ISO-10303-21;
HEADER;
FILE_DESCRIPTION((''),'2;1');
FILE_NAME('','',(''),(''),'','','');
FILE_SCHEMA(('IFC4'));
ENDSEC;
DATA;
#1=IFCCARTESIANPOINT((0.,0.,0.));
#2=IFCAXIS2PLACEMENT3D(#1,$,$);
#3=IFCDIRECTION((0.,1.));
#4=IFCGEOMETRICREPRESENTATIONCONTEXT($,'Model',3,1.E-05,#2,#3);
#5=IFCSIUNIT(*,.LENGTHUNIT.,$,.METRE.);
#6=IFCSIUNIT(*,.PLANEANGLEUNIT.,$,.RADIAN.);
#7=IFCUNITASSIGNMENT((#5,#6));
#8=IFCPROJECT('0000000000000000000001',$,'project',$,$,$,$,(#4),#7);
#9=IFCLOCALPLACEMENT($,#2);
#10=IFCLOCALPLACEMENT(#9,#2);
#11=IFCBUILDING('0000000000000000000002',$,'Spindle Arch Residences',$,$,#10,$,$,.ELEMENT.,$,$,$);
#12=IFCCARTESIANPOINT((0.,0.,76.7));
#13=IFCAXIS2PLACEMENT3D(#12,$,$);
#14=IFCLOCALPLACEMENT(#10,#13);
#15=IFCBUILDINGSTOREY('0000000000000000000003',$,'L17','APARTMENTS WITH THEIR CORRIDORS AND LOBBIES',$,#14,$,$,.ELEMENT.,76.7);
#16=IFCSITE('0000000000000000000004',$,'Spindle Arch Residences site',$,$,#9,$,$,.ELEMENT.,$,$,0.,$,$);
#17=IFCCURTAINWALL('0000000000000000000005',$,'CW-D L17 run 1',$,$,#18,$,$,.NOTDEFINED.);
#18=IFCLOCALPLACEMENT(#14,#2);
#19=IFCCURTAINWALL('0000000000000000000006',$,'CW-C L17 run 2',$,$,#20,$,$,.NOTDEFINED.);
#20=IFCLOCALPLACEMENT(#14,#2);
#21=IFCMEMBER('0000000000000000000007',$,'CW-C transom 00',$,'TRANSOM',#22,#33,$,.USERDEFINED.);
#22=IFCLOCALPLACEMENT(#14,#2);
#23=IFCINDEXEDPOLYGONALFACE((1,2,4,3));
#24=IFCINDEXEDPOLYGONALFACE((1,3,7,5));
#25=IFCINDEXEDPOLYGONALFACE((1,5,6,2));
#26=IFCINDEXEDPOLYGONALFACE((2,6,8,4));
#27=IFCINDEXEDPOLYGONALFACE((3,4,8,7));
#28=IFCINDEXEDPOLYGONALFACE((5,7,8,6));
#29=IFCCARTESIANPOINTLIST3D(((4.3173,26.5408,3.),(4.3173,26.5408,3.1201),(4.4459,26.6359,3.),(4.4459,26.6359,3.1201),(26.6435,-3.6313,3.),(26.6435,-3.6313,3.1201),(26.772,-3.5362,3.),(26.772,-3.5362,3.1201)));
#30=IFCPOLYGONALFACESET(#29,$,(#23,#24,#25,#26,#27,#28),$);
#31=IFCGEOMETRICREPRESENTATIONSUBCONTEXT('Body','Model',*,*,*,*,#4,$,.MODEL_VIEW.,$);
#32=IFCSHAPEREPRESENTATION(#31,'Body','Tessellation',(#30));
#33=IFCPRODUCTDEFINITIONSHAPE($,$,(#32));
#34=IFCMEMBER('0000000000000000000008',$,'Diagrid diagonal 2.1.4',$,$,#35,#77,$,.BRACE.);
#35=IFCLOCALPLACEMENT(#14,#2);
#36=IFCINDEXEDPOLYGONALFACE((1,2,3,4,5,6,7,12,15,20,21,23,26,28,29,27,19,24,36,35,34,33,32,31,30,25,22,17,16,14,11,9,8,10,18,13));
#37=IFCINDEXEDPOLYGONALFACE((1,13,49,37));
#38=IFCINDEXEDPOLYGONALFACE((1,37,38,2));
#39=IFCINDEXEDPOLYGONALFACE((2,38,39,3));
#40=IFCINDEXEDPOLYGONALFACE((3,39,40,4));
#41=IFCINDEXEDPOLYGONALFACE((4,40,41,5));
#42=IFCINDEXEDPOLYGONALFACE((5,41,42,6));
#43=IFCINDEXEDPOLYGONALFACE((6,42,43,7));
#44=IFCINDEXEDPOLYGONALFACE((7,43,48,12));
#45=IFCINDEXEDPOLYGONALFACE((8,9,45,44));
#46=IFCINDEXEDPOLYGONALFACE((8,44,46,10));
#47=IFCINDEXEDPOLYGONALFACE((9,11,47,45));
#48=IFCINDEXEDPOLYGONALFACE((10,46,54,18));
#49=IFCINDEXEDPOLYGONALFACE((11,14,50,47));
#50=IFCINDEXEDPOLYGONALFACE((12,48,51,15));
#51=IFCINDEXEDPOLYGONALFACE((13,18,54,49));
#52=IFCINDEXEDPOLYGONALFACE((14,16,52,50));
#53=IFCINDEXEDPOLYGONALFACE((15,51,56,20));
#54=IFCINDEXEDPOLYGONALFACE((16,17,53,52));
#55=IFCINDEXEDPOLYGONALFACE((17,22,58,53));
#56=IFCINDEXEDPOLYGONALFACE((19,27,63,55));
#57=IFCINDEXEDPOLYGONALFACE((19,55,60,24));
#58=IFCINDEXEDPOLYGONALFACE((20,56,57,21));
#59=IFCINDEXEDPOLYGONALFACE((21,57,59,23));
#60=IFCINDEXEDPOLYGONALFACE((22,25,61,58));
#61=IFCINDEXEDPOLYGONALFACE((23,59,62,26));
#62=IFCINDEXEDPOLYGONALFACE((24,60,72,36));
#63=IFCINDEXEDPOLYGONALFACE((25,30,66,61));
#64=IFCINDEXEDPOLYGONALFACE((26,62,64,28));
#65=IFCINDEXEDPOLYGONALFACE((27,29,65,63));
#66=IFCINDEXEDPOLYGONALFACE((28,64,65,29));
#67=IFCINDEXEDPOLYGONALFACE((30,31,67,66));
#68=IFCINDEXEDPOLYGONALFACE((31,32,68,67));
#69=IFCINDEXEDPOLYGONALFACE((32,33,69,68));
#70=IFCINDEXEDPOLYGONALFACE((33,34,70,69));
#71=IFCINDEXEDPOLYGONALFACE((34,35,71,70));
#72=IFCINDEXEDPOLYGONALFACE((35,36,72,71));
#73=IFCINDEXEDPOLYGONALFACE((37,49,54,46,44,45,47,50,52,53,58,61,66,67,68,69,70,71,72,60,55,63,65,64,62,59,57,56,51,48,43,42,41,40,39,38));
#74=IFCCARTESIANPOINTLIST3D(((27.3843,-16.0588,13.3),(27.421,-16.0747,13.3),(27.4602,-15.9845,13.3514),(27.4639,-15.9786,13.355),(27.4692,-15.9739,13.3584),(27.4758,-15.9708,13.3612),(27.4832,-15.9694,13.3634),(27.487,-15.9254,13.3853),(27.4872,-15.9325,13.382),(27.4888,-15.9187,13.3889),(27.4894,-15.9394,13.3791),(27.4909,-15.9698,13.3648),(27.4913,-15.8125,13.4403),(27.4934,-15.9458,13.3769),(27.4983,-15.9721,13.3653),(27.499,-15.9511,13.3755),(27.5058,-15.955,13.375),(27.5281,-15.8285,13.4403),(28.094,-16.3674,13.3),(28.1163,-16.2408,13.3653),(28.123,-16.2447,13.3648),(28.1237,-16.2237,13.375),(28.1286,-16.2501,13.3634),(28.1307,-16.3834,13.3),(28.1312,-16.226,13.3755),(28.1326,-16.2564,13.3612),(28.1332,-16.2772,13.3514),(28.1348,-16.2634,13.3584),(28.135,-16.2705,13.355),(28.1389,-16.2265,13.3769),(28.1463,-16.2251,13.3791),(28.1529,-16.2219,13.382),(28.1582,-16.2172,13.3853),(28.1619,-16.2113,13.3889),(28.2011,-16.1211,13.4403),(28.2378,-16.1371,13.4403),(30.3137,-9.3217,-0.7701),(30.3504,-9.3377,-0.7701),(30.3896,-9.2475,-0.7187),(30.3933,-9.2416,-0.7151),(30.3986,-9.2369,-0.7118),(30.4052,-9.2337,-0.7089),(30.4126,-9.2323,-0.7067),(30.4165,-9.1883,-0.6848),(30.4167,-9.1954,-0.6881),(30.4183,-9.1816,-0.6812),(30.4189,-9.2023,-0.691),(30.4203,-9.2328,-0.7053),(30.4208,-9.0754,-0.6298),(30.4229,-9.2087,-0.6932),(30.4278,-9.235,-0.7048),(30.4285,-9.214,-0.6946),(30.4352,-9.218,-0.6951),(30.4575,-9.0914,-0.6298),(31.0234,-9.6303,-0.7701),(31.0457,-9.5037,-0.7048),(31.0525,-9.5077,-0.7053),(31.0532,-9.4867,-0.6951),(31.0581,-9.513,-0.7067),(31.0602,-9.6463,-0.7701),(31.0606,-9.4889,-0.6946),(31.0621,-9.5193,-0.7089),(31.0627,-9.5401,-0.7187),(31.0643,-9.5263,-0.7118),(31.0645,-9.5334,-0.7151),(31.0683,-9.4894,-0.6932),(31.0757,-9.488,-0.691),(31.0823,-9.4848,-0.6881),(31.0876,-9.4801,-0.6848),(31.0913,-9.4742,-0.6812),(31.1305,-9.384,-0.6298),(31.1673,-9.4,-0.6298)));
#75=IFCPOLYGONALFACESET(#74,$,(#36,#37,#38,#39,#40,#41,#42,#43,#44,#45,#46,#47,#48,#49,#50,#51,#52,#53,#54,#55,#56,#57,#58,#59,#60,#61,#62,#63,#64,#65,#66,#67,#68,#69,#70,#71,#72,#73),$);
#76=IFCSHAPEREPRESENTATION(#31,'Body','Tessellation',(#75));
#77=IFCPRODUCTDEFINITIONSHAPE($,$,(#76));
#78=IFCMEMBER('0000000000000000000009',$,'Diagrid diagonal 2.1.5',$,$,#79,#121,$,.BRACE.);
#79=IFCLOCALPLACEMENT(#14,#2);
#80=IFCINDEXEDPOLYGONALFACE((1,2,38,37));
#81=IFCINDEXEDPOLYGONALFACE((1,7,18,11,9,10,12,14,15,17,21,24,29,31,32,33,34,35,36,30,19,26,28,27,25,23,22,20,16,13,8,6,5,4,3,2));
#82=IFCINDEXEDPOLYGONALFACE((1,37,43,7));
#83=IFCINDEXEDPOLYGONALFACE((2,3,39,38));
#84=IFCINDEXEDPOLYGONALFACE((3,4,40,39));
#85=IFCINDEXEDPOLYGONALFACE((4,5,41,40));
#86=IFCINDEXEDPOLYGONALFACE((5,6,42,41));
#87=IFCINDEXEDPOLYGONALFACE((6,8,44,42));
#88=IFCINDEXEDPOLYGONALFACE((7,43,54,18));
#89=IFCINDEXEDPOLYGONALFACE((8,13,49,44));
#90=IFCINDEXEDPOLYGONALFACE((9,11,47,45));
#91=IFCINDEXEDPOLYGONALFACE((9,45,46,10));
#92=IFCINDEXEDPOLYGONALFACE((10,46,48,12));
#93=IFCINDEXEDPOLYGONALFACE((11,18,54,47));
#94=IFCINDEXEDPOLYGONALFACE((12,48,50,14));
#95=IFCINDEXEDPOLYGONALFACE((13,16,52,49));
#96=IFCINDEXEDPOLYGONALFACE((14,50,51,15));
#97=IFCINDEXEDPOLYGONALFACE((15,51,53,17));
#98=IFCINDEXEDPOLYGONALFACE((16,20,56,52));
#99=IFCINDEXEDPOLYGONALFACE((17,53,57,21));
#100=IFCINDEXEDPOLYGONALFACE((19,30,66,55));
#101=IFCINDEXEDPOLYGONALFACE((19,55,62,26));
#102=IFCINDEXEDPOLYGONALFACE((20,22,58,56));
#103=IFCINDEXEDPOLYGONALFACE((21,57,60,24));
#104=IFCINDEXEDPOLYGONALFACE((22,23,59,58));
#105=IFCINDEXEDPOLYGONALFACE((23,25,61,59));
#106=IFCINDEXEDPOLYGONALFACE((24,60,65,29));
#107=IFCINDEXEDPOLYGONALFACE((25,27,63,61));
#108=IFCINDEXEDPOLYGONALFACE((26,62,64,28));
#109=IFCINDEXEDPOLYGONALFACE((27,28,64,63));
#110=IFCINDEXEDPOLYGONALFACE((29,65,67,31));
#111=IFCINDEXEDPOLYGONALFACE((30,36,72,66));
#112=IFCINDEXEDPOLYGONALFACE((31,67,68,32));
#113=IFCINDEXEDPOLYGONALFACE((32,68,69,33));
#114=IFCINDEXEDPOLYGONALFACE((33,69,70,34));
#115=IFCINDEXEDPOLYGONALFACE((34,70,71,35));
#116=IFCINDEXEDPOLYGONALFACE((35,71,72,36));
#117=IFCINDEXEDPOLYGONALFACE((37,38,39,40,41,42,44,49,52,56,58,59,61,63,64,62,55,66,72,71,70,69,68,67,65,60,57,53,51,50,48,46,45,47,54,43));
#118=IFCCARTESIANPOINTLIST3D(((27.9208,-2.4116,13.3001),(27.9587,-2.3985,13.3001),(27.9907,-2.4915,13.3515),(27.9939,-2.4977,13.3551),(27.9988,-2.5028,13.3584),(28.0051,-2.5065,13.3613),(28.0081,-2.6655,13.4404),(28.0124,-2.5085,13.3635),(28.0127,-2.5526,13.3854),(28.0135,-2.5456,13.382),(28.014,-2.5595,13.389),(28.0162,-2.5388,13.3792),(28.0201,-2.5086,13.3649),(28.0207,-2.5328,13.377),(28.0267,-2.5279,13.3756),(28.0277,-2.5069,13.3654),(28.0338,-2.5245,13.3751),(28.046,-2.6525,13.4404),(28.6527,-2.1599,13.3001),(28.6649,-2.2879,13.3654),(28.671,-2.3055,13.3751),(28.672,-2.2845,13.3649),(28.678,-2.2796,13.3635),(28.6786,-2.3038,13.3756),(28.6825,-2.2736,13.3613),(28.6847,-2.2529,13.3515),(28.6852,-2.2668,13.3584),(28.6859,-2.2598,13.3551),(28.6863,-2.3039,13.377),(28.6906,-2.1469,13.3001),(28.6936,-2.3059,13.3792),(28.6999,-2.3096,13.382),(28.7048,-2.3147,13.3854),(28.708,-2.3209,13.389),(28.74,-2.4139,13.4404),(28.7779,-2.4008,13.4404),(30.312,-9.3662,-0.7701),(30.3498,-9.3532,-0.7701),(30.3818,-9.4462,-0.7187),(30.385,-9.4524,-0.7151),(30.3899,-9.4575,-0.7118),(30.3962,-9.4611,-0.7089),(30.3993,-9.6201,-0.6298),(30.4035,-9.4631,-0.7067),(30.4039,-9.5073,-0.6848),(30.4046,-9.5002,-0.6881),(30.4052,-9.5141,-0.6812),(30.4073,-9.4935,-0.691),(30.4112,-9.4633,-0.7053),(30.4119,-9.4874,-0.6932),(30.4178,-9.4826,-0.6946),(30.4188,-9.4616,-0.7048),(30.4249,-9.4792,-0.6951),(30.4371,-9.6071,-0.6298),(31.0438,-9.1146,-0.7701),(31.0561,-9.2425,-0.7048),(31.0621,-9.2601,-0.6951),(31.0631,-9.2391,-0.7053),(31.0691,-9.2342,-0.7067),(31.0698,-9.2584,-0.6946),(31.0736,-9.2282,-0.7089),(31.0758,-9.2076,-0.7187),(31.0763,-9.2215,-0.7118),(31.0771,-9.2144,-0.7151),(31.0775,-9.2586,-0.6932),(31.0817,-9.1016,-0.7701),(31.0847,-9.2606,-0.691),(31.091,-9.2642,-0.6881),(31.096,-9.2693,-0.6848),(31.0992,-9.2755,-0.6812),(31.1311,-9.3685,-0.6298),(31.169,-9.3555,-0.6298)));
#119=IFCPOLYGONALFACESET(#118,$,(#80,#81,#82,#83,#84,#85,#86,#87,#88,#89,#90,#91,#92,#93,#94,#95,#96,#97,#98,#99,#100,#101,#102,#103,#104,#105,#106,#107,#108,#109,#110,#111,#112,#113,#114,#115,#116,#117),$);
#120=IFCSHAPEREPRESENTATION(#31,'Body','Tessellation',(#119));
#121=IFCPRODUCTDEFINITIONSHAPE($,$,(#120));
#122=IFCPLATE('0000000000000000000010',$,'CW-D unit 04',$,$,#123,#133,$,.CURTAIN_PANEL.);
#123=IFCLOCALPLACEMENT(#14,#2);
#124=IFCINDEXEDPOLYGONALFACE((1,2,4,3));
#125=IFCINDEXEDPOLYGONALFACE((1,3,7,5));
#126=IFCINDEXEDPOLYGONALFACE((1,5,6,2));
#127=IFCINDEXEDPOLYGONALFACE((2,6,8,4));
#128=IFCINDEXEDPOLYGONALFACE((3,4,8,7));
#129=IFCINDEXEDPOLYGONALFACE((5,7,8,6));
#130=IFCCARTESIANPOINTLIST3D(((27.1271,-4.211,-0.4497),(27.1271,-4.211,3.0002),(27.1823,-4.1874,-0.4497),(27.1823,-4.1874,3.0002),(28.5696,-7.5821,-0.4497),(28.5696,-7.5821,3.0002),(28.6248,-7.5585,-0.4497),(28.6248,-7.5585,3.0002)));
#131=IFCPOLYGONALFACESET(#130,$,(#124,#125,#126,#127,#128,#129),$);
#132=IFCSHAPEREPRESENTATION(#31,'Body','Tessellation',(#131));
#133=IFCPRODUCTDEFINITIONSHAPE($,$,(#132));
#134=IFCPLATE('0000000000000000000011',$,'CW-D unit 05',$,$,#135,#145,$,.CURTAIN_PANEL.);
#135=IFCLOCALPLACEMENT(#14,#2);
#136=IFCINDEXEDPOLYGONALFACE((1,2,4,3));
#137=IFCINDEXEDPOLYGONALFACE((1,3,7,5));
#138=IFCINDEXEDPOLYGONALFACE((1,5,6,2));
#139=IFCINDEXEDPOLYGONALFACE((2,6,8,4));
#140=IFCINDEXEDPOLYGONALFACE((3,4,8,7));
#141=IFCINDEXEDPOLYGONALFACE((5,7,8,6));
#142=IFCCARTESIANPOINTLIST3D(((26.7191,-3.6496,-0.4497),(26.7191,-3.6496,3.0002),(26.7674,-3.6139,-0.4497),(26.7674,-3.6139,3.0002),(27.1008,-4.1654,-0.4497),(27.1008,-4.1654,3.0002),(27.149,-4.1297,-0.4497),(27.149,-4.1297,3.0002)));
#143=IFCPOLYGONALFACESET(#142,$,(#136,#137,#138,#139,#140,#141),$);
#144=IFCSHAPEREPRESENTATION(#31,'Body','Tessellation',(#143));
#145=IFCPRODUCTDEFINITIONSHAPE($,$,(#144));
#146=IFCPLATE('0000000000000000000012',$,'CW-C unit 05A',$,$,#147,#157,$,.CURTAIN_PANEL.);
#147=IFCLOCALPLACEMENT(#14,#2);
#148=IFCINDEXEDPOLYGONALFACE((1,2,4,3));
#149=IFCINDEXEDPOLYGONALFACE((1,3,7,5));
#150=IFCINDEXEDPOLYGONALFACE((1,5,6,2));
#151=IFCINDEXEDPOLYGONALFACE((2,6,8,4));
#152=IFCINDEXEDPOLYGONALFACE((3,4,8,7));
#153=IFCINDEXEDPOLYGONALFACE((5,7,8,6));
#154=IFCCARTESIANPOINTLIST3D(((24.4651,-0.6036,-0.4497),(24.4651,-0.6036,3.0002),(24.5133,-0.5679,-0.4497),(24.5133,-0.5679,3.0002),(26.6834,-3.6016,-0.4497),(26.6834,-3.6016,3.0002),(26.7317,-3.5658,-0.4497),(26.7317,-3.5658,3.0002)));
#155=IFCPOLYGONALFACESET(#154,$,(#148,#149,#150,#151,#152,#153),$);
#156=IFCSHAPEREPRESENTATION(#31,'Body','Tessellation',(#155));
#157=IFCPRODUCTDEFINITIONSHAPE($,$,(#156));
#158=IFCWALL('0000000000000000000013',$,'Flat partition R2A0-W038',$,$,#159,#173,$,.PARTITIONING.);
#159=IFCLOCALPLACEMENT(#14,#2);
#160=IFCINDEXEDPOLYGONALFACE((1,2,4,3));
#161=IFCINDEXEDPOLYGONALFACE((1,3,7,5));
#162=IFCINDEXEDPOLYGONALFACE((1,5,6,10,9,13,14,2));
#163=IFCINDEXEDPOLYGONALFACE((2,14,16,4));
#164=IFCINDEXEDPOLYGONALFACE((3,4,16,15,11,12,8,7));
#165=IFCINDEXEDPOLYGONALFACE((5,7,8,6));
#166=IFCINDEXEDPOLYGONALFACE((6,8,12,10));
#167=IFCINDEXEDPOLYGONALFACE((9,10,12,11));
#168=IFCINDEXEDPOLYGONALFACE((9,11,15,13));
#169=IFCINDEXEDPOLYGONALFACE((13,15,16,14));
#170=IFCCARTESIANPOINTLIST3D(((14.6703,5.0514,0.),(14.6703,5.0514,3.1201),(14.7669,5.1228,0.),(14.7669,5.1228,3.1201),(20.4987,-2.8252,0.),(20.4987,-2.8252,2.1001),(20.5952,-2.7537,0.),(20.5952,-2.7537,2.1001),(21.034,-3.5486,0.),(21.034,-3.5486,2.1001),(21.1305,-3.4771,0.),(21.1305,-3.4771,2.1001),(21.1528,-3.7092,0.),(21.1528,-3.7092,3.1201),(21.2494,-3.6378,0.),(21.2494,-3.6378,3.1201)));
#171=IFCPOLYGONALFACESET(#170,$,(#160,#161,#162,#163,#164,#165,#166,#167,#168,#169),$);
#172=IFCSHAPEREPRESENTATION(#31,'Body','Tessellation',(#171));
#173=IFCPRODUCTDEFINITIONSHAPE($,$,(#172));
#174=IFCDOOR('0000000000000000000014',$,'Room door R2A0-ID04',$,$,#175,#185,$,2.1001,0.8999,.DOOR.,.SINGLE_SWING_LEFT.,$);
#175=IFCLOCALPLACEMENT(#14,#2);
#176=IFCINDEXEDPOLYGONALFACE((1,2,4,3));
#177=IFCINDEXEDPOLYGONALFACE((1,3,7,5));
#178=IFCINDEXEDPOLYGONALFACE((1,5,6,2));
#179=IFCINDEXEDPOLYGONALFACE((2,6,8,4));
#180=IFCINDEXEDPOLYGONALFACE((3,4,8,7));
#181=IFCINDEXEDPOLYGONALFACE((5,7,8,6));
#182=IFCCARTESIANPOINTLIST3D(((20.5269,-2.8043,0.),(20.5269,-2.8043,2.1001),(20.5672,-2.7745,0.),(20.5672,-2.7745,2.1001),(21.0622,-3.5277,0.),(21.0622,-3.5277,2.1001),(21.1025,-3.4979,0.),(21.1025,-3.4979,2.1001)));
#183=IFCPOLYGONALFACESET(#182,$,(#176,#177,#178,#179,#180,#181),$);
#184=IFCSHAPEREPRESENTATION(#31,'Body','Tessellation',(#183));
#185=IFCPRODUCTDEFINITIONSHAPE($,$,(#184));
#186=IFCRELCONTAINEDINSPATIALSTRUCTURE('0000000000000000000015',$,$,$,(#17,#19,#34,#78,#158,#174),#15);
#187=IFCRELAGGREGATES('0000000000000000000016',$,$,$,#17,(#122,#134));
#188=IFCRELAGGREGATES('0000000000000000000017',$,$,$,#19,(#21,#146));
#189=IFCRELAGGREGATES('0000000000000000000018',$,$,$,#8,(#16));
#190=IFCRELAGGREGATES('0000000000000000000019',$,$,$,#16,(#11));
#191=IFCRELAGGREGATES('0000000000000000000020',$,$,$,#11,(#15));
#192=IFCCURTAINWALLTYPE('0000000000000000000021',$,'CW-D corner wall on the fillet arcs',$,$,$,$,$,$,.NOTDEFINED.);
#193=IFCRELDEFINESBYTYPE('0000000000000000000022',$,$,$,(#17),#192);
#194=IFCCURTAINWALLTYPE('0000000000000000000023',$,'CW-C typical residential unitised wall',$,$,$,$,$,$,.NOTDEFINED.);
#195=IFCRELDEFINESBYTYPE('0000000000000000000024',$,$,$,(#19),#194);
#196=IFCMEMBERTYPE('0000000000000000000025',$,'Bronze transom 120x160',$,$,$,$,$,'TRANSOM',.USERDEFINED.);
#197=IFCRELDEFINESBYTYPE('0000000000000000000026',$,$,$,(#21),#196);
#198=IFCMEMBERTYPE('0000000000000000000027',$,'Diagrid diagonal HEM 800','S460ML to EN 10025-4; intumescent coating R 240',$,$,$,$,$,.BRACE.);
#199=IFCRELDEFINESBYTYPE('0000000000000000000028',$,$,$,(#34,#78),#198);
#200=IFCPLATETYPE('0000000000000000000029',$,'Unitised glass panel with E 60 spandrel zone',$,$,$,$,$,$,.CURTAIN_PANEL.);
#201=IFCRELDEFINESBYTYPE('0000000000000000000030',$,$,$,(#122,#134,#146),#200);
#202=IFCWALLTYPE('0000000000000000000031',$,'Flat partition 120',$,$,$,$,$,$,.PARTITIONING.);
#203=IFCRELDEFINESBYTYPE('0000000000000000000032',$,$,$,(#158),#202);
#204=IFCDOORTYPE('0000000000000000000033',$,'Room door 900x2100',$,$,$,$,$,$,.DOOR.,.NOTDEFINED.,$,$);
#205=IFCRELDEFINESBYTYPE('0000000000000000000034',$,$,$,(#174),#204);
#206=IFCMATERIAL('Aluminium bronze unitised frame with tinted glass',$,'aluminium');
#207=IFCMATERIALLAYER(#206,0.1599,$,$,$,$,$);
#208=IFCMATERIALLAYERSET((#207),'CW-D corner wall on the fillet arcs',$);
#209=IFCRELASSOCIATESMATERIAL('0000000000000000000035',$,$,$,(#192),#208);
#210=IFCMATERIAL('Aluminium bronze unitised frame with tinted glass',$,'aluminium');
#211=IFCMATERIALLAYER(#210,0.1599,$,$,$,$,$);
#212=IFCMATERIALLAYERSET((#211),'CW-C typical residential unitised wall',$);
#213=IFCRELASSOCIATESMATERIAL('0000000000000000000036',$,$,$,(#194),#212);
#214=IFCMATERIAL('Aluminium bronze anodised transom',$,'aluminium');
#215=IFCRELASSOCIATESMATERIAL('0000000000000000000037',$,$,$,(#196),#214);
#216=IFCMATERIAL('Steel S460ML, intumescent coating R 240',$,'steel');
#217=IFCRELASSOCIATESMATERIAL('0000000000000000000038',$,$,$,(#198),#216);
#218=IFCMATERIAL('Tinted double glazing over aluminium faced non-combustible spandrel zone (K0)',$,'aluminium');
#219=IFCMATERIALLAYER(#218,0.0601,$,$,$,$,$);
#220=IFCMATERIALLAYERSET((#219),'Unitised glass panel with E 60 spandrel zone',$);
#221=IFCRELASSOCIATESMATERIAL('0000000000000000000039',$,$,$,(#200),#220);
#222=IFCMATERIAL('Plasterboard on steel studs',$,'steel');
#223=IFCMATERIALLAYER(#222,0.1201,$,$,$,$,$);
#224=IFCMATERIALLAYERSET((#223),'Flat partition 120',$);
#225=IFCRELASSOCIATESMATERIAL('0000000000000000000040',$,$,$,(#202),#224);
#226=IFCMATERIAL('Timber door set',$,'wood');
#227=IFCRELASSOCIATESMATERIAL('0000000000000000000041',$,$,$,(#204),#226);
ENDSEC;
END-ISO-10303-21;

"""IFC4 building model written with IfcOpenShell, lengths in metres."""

from ifc_helpers import new_model, si_unit, direction, frame, frame_2d, origin, origin_2d, place, context, subcontext, project, spatial, rectangle, i_section, extrude, material, layer, layer_set, material_profile, profile_set, type_object, element, fill, aggregate, save


model = new_model("IFC4")

# Units and contexts
model_context = context("Model", 3, precision=1e-05, world=origin(), true_north=direction((0.0, 1.0)))
body_context = subcontext(model_context, "Body", "Model", "MODEL_VIEW")
ifc_project = project(units=[si_unit("LENGTHUNIT", "METRE"), si_unit("PLANEANGLEUNIT", "RADIAN")], contexts=[model_context])

# Site, building, storey
site_placement = place(None, origin())
site = spatial("IfcSite", under=ifc_project, at=site_placement, Name="Spindle Arch Residences site", CompositionType="ELEMENT", RefElevation=0.0)
building_placement = place(site_placement, origin())
building = spatial("IfcBuilding", under=site, at=building_placement, Name="Spindle Arch Residences", CompositionType="ELEMENT")
storey_placement = place(building_placement, frame((0.0, 0.0, 76.7)))
storey = spatial("IfcBuildingStorey", under=building, at=storey_placement, Name="L17", Description="APARTMENTS WITH THEIR CORRIDORS AND LOBBIES", CompositionType="ELEMENT", Elevation=76.7)

# Curtain wall
ifc_material_1 = material(Name="Aluminium bronze unitised frame with tinted glass", Category="aluminium")
ifc_layer_1 = layer(ifc_material_1, 0.1599)
ifc_layer_set_1 = layer_set([ifc_layer_1], Name="CW-D corner wall on the fillet arcs")
curtain_wall_type_1 = type_object("IfcCurtainWallType", Name="CW-D corner wall on the fillet arcs", PredefinedType="NOTDEFINED", material=ifc_layer_set_1)
curtain_wall_1_placement = place(storey_placement, origin())
curtain_wall_1 = element("IfcCurtainWall", 1, at=curtain_wall_1_placement, inside=storey, type_object=curtain_wall_type_1, Name="CW-D L17 run 1", PredefinedType="NOTDEFINED")

# Curtain wall
ifc_material_2 = material(Name="Aluminium bronze unitised frame with tinted glass", Category="aluminium")
ifc_layer_2 = layer(ifc_material_2, 0.1599)
ifc_layer_set_2 = layer_set([ifc_layer_2], Name="CW-C typical residential unitised wall")
curtain_wall_type_2 = type_object("IfcCurtainWallType", Name="CW-C typical residential unitised wall", PredefinedType="NOTDEFINED", material=ifc_layer_set_2)
curtain_wall_2_placement = place(storey_placement, origin())
curtain_wall_2 = element("IfcCurtainWall", 2, at=curtain_wall_2_placement, inside=storey, type_object=curtain_wall_type_2, Name="CW-C L17 run 2", PredefinedType="NOTDEFINED")

# Member
ifc_material_3 = material(Name="Aluminium bronze anodised transom", Category="aluminium")
ifc_material_profile_1 = material_profile(ifc_material_3, rectangle(XDim=0.1599, YDim=0.1201, at=origin_2d()), Name="TR 120x160")
ifc_profile_set_1 = profile_set([ifc_material_profile_1], Name="Aluminium bronze anodised transom")
member_type_1 = type_object("IfcMemberType", Name="Bronze transom 120x160", ElementType="TRANSOM", PredefinedType="USERDEFINED", material=ifc_profile_set_1)
member_1_placement = place(storey_placement, frame((26.7078, -3.5837, 3.0601), z_axis=(-0.594822, 0.803857, 0.0), x_axis=(-0.803857, -0.594822, 0.0)))
member_1 = element("IfcMember", 3, at=member_1_placement, type_object=member_type_1, Name="CW-C transom 00", ObjectType="TRANSOM", PredefinedType="USERDEFINED", context=body_context, shape_type="SweptSolid", body=[
    extrude(rectangle(XDim=0.1599, YDim=0.1201, at=origin_2d()), origin(), (0.0, 0.0, 1.0), 37.5342),
])

# Members
ifc_material_4 = material(Name="Steel S460ML, intumescent coating R 240", Category="steel")
ifc_material_profile_2 = material_profile(ifc_material_4, i_section(OverallWidth=0.303, OverallDepth=0.814, WebThickness=0.021, FlangeThickness=0.04, FilletRadius=0.03, at=origin_2d()), Name="HEM 800")
ifc_profile_set_2 = profile_set([ifc_material_profile_2], Name="Steel S460ML, intumescent coating R 240")
member_type_2 = type_object("IfcMemberType", Name="Diagrid diagonal HEM 800", Description="S460ML to EN 10025-4; intumescent coating R 240", PredefinedType="BRACE", material=ifc_profile_set_2)
member_2_placement = place(storey_placement, frame((30.7405, -9.3608, -0.7), z_axis=(-0.184561, -0.424448, 0.886443), x_axis=(0.353477, 0.812917, 0.462838)))
element("IfcMember", 4, at=member_2_placement, inside=storey, type_object=member_type_2, Name="Diagrid diagonal 2.1.4", PredefinedType="BRACE", context=body_context, shape_type="SweptSolid", body=[
    extrude(i_section(OverallWidth=0.303, OverallDepth=0.814, WebThickness=0.021, FlangeThickness=0.04, FilletRadius=0.03, at=origin_2d()), origin(), (0.0, 0.0, 1.0), 15.8726),
])
member_3_placement = place(storey_placement, frame((30.7405, -9.3608, -0.7), z_axis=(-0.150611, 0.438054, 0.886242), x_axis=(0.28815, -0.83809, 0.463222)))
element("IfcMember", 5, at=member_3_placement, inside=storey, type_object=member_type_2, Name="Diagrid diagonal 2.1.5", PredefinedType="BRACE", context=body_context, shape_type="SweptSolid", body=[
    extrude(i_section(OverallWidth=0.303, OverallDepth=0.814, WebThickness=0.021, FlangeThickness=0.04, FilletRadius=0.03, at=origin_2d()), origin(), (0.0, 0.0, 1.0), 15.8762),
])

# Plates
ifc_material_5 = material(Name="Tinted double glazing over aluminium faced non-combustible spandrel zone (K0)", Category="aluminium")
ifc_layer_3 = layer(ifc_material_5, 0.0601)
ifc_layer_set_3 = layer_set([ifc_layer_3], Name="Unitised glass panel with E 60 spandrel zone")
plate_type = type_object("IfcPlateType", Name="Unitised glass panel with E 60 spandrel zone", PredefinedType="CURTAIN_PANEL", material=ifc_layer_set_3)
plate_1_placement = place(storey_placement, frame((27.876, -5.8848, -0.4497), z_axis=(0.0, 0.0, 1.0), x_axis=(-0.393407, 0.919364, 0.0)))
plate_1 = element("IfcPlate", 6, at=plate_1_placement, type_object=plate_type, Name="CW-D unit 04", PredefinedType="CURTAIN_PANEL", context=body_context, shape_type="SweptSolid", body=[
    extrude(rectangle(XDim=3.6667, YDim=0.0601, at=origin_2d()), origin(), (0.0, 0.0, 1.0), 3.45),
])
plate_2_placement = place(storey_placement, frame((26.9341, -3.8896, -0.4497), z_axis=(0.0, 0.0, 1.0), x_axis=(-0.594823, 0.803857, 0.0)))
plate_2 = element("IfcPlate", 7, at=plate_2_placement, type_object=plate_type, Name="CW-D unit 05", PredefinedType="CURTAIN_PANEL", context=body_context, shape_type="SweptSolid", body=[
    extrude(rectangle(XDim=0.6416, YDim=0.0601, at=origin_2d()), origin(), (0.0, 0.0, 1.0), 3.45),
])
aggregate(curtain_wall_1, [plate_1, plate_2])
plate_3_placement = place(storey_placement, frame((25.5984, -2.0847, -0.4497), z_axis=(0.0, 0.0, 1.0), x_axis=(-0.594823, 0.803857, 0.0)))
plate_3 = element("IfcPlate", 8, at=plate_3_placement, type_object=plate_type, Name="CW-C unit 05A", PredefinedType="CURTAIN_PANEL", context=body_context, shape_type="SweptSolid", body=[
    extrude(rectangle(XDim=3.7295, YDim=0.0601, at=origin_2d()), origin(), (0.0, 0.0, 1.0), 3.45),
])
aggregate(curtain_wall_2, [member_1, plate_3])

# Wall, opening, door
ifc_material_6 = material(Name="Plasterboard on steel studs", Category="steel")
ifc_layer_4 = layer(ifc_material_6, 0.1201)
ifc_layer_set_4 = layer_set([ifc_layer_4], Name="Flat partition 120")
wall_type_1 = type_object("IfcWallType", Name="Flat partition 120", PredefinedType="PARTITIONING", material=ifc_layer_set_4)
wall_1_placement = place(storey_placement, frame((21.2012, -3.6736, 0.0), z_axis=(0.0, 0.0, 1.0), x_axis=(-0.594822, 0.803857, 0.0)))
wall_1 = element("IfcWall", 9, at=wall_1_placement, inside=storey, type_object=wall_type_1, Name="Flat partition R2A0-W038", PredefinedType="PARTITIONING", context=body_context, shape_type="SweptSolid", body=[
    extrude(rectangle(XDim=10.8982, YDim=0.1201, at=frame_2d((5.4492, 0.0))), origin(), (0.0, 0.0, 1.0), 3.1201),
])
opening_placement = place(wall_1_placement, frame((0.2, 0.0, 0.0)))
opening = element("IfcOpeningElement", 10, at=opening_placement, cuts=wall_1, PredefinedType="OPENING", context=body_context, shape_type="SweptSolid", body=[
    extrude(rectangle(XDim=0.8999, YDim=2.1001, at=frame_2d((0.45, 1.05))), frame((0.0, 0.0701, 0.0), z_axis=(0.0, -1.0, 0.0), x_axis=(1.0, 0.0, 0.0)), (0.0, 0.0, 1.0), 0.1401),
])
ifc_material_7 = material(Name="Timber door set", Category="wood")
door_type = type_object("IfcDoorType", Name="Room door 900x2100", OperationType="NOTDEFINED", PredefinedType="DOOR", material=ifc_material_7)
door_placement = place(opening_placement, origin())
door = element("IfcDoor", 11, at=door_placement, inside=storey, type_object=door_type, Name="Room door R2A0-ID04", OperationType="SINGLE_SWING_LEFT", OverallHeight=2.1001, OverallWidth=0.8999, PredefinedType="DOOR", context=body_context, shape_type="SweptSolid", body=[
    extrude(rectangle(XDim=0.8999, YDim=2.1001, at=frame_2d((0.45, 1.05))), frame((0.0, 0.0249, 0.0), z_axis=(0.0, -1.0, 0.0), x_axis=(1.0, 0.0, 0.0)), (0.0, 0.0, 1.0), 0.05),
])
fill(opening, door)

save(model, "model.ifc")
